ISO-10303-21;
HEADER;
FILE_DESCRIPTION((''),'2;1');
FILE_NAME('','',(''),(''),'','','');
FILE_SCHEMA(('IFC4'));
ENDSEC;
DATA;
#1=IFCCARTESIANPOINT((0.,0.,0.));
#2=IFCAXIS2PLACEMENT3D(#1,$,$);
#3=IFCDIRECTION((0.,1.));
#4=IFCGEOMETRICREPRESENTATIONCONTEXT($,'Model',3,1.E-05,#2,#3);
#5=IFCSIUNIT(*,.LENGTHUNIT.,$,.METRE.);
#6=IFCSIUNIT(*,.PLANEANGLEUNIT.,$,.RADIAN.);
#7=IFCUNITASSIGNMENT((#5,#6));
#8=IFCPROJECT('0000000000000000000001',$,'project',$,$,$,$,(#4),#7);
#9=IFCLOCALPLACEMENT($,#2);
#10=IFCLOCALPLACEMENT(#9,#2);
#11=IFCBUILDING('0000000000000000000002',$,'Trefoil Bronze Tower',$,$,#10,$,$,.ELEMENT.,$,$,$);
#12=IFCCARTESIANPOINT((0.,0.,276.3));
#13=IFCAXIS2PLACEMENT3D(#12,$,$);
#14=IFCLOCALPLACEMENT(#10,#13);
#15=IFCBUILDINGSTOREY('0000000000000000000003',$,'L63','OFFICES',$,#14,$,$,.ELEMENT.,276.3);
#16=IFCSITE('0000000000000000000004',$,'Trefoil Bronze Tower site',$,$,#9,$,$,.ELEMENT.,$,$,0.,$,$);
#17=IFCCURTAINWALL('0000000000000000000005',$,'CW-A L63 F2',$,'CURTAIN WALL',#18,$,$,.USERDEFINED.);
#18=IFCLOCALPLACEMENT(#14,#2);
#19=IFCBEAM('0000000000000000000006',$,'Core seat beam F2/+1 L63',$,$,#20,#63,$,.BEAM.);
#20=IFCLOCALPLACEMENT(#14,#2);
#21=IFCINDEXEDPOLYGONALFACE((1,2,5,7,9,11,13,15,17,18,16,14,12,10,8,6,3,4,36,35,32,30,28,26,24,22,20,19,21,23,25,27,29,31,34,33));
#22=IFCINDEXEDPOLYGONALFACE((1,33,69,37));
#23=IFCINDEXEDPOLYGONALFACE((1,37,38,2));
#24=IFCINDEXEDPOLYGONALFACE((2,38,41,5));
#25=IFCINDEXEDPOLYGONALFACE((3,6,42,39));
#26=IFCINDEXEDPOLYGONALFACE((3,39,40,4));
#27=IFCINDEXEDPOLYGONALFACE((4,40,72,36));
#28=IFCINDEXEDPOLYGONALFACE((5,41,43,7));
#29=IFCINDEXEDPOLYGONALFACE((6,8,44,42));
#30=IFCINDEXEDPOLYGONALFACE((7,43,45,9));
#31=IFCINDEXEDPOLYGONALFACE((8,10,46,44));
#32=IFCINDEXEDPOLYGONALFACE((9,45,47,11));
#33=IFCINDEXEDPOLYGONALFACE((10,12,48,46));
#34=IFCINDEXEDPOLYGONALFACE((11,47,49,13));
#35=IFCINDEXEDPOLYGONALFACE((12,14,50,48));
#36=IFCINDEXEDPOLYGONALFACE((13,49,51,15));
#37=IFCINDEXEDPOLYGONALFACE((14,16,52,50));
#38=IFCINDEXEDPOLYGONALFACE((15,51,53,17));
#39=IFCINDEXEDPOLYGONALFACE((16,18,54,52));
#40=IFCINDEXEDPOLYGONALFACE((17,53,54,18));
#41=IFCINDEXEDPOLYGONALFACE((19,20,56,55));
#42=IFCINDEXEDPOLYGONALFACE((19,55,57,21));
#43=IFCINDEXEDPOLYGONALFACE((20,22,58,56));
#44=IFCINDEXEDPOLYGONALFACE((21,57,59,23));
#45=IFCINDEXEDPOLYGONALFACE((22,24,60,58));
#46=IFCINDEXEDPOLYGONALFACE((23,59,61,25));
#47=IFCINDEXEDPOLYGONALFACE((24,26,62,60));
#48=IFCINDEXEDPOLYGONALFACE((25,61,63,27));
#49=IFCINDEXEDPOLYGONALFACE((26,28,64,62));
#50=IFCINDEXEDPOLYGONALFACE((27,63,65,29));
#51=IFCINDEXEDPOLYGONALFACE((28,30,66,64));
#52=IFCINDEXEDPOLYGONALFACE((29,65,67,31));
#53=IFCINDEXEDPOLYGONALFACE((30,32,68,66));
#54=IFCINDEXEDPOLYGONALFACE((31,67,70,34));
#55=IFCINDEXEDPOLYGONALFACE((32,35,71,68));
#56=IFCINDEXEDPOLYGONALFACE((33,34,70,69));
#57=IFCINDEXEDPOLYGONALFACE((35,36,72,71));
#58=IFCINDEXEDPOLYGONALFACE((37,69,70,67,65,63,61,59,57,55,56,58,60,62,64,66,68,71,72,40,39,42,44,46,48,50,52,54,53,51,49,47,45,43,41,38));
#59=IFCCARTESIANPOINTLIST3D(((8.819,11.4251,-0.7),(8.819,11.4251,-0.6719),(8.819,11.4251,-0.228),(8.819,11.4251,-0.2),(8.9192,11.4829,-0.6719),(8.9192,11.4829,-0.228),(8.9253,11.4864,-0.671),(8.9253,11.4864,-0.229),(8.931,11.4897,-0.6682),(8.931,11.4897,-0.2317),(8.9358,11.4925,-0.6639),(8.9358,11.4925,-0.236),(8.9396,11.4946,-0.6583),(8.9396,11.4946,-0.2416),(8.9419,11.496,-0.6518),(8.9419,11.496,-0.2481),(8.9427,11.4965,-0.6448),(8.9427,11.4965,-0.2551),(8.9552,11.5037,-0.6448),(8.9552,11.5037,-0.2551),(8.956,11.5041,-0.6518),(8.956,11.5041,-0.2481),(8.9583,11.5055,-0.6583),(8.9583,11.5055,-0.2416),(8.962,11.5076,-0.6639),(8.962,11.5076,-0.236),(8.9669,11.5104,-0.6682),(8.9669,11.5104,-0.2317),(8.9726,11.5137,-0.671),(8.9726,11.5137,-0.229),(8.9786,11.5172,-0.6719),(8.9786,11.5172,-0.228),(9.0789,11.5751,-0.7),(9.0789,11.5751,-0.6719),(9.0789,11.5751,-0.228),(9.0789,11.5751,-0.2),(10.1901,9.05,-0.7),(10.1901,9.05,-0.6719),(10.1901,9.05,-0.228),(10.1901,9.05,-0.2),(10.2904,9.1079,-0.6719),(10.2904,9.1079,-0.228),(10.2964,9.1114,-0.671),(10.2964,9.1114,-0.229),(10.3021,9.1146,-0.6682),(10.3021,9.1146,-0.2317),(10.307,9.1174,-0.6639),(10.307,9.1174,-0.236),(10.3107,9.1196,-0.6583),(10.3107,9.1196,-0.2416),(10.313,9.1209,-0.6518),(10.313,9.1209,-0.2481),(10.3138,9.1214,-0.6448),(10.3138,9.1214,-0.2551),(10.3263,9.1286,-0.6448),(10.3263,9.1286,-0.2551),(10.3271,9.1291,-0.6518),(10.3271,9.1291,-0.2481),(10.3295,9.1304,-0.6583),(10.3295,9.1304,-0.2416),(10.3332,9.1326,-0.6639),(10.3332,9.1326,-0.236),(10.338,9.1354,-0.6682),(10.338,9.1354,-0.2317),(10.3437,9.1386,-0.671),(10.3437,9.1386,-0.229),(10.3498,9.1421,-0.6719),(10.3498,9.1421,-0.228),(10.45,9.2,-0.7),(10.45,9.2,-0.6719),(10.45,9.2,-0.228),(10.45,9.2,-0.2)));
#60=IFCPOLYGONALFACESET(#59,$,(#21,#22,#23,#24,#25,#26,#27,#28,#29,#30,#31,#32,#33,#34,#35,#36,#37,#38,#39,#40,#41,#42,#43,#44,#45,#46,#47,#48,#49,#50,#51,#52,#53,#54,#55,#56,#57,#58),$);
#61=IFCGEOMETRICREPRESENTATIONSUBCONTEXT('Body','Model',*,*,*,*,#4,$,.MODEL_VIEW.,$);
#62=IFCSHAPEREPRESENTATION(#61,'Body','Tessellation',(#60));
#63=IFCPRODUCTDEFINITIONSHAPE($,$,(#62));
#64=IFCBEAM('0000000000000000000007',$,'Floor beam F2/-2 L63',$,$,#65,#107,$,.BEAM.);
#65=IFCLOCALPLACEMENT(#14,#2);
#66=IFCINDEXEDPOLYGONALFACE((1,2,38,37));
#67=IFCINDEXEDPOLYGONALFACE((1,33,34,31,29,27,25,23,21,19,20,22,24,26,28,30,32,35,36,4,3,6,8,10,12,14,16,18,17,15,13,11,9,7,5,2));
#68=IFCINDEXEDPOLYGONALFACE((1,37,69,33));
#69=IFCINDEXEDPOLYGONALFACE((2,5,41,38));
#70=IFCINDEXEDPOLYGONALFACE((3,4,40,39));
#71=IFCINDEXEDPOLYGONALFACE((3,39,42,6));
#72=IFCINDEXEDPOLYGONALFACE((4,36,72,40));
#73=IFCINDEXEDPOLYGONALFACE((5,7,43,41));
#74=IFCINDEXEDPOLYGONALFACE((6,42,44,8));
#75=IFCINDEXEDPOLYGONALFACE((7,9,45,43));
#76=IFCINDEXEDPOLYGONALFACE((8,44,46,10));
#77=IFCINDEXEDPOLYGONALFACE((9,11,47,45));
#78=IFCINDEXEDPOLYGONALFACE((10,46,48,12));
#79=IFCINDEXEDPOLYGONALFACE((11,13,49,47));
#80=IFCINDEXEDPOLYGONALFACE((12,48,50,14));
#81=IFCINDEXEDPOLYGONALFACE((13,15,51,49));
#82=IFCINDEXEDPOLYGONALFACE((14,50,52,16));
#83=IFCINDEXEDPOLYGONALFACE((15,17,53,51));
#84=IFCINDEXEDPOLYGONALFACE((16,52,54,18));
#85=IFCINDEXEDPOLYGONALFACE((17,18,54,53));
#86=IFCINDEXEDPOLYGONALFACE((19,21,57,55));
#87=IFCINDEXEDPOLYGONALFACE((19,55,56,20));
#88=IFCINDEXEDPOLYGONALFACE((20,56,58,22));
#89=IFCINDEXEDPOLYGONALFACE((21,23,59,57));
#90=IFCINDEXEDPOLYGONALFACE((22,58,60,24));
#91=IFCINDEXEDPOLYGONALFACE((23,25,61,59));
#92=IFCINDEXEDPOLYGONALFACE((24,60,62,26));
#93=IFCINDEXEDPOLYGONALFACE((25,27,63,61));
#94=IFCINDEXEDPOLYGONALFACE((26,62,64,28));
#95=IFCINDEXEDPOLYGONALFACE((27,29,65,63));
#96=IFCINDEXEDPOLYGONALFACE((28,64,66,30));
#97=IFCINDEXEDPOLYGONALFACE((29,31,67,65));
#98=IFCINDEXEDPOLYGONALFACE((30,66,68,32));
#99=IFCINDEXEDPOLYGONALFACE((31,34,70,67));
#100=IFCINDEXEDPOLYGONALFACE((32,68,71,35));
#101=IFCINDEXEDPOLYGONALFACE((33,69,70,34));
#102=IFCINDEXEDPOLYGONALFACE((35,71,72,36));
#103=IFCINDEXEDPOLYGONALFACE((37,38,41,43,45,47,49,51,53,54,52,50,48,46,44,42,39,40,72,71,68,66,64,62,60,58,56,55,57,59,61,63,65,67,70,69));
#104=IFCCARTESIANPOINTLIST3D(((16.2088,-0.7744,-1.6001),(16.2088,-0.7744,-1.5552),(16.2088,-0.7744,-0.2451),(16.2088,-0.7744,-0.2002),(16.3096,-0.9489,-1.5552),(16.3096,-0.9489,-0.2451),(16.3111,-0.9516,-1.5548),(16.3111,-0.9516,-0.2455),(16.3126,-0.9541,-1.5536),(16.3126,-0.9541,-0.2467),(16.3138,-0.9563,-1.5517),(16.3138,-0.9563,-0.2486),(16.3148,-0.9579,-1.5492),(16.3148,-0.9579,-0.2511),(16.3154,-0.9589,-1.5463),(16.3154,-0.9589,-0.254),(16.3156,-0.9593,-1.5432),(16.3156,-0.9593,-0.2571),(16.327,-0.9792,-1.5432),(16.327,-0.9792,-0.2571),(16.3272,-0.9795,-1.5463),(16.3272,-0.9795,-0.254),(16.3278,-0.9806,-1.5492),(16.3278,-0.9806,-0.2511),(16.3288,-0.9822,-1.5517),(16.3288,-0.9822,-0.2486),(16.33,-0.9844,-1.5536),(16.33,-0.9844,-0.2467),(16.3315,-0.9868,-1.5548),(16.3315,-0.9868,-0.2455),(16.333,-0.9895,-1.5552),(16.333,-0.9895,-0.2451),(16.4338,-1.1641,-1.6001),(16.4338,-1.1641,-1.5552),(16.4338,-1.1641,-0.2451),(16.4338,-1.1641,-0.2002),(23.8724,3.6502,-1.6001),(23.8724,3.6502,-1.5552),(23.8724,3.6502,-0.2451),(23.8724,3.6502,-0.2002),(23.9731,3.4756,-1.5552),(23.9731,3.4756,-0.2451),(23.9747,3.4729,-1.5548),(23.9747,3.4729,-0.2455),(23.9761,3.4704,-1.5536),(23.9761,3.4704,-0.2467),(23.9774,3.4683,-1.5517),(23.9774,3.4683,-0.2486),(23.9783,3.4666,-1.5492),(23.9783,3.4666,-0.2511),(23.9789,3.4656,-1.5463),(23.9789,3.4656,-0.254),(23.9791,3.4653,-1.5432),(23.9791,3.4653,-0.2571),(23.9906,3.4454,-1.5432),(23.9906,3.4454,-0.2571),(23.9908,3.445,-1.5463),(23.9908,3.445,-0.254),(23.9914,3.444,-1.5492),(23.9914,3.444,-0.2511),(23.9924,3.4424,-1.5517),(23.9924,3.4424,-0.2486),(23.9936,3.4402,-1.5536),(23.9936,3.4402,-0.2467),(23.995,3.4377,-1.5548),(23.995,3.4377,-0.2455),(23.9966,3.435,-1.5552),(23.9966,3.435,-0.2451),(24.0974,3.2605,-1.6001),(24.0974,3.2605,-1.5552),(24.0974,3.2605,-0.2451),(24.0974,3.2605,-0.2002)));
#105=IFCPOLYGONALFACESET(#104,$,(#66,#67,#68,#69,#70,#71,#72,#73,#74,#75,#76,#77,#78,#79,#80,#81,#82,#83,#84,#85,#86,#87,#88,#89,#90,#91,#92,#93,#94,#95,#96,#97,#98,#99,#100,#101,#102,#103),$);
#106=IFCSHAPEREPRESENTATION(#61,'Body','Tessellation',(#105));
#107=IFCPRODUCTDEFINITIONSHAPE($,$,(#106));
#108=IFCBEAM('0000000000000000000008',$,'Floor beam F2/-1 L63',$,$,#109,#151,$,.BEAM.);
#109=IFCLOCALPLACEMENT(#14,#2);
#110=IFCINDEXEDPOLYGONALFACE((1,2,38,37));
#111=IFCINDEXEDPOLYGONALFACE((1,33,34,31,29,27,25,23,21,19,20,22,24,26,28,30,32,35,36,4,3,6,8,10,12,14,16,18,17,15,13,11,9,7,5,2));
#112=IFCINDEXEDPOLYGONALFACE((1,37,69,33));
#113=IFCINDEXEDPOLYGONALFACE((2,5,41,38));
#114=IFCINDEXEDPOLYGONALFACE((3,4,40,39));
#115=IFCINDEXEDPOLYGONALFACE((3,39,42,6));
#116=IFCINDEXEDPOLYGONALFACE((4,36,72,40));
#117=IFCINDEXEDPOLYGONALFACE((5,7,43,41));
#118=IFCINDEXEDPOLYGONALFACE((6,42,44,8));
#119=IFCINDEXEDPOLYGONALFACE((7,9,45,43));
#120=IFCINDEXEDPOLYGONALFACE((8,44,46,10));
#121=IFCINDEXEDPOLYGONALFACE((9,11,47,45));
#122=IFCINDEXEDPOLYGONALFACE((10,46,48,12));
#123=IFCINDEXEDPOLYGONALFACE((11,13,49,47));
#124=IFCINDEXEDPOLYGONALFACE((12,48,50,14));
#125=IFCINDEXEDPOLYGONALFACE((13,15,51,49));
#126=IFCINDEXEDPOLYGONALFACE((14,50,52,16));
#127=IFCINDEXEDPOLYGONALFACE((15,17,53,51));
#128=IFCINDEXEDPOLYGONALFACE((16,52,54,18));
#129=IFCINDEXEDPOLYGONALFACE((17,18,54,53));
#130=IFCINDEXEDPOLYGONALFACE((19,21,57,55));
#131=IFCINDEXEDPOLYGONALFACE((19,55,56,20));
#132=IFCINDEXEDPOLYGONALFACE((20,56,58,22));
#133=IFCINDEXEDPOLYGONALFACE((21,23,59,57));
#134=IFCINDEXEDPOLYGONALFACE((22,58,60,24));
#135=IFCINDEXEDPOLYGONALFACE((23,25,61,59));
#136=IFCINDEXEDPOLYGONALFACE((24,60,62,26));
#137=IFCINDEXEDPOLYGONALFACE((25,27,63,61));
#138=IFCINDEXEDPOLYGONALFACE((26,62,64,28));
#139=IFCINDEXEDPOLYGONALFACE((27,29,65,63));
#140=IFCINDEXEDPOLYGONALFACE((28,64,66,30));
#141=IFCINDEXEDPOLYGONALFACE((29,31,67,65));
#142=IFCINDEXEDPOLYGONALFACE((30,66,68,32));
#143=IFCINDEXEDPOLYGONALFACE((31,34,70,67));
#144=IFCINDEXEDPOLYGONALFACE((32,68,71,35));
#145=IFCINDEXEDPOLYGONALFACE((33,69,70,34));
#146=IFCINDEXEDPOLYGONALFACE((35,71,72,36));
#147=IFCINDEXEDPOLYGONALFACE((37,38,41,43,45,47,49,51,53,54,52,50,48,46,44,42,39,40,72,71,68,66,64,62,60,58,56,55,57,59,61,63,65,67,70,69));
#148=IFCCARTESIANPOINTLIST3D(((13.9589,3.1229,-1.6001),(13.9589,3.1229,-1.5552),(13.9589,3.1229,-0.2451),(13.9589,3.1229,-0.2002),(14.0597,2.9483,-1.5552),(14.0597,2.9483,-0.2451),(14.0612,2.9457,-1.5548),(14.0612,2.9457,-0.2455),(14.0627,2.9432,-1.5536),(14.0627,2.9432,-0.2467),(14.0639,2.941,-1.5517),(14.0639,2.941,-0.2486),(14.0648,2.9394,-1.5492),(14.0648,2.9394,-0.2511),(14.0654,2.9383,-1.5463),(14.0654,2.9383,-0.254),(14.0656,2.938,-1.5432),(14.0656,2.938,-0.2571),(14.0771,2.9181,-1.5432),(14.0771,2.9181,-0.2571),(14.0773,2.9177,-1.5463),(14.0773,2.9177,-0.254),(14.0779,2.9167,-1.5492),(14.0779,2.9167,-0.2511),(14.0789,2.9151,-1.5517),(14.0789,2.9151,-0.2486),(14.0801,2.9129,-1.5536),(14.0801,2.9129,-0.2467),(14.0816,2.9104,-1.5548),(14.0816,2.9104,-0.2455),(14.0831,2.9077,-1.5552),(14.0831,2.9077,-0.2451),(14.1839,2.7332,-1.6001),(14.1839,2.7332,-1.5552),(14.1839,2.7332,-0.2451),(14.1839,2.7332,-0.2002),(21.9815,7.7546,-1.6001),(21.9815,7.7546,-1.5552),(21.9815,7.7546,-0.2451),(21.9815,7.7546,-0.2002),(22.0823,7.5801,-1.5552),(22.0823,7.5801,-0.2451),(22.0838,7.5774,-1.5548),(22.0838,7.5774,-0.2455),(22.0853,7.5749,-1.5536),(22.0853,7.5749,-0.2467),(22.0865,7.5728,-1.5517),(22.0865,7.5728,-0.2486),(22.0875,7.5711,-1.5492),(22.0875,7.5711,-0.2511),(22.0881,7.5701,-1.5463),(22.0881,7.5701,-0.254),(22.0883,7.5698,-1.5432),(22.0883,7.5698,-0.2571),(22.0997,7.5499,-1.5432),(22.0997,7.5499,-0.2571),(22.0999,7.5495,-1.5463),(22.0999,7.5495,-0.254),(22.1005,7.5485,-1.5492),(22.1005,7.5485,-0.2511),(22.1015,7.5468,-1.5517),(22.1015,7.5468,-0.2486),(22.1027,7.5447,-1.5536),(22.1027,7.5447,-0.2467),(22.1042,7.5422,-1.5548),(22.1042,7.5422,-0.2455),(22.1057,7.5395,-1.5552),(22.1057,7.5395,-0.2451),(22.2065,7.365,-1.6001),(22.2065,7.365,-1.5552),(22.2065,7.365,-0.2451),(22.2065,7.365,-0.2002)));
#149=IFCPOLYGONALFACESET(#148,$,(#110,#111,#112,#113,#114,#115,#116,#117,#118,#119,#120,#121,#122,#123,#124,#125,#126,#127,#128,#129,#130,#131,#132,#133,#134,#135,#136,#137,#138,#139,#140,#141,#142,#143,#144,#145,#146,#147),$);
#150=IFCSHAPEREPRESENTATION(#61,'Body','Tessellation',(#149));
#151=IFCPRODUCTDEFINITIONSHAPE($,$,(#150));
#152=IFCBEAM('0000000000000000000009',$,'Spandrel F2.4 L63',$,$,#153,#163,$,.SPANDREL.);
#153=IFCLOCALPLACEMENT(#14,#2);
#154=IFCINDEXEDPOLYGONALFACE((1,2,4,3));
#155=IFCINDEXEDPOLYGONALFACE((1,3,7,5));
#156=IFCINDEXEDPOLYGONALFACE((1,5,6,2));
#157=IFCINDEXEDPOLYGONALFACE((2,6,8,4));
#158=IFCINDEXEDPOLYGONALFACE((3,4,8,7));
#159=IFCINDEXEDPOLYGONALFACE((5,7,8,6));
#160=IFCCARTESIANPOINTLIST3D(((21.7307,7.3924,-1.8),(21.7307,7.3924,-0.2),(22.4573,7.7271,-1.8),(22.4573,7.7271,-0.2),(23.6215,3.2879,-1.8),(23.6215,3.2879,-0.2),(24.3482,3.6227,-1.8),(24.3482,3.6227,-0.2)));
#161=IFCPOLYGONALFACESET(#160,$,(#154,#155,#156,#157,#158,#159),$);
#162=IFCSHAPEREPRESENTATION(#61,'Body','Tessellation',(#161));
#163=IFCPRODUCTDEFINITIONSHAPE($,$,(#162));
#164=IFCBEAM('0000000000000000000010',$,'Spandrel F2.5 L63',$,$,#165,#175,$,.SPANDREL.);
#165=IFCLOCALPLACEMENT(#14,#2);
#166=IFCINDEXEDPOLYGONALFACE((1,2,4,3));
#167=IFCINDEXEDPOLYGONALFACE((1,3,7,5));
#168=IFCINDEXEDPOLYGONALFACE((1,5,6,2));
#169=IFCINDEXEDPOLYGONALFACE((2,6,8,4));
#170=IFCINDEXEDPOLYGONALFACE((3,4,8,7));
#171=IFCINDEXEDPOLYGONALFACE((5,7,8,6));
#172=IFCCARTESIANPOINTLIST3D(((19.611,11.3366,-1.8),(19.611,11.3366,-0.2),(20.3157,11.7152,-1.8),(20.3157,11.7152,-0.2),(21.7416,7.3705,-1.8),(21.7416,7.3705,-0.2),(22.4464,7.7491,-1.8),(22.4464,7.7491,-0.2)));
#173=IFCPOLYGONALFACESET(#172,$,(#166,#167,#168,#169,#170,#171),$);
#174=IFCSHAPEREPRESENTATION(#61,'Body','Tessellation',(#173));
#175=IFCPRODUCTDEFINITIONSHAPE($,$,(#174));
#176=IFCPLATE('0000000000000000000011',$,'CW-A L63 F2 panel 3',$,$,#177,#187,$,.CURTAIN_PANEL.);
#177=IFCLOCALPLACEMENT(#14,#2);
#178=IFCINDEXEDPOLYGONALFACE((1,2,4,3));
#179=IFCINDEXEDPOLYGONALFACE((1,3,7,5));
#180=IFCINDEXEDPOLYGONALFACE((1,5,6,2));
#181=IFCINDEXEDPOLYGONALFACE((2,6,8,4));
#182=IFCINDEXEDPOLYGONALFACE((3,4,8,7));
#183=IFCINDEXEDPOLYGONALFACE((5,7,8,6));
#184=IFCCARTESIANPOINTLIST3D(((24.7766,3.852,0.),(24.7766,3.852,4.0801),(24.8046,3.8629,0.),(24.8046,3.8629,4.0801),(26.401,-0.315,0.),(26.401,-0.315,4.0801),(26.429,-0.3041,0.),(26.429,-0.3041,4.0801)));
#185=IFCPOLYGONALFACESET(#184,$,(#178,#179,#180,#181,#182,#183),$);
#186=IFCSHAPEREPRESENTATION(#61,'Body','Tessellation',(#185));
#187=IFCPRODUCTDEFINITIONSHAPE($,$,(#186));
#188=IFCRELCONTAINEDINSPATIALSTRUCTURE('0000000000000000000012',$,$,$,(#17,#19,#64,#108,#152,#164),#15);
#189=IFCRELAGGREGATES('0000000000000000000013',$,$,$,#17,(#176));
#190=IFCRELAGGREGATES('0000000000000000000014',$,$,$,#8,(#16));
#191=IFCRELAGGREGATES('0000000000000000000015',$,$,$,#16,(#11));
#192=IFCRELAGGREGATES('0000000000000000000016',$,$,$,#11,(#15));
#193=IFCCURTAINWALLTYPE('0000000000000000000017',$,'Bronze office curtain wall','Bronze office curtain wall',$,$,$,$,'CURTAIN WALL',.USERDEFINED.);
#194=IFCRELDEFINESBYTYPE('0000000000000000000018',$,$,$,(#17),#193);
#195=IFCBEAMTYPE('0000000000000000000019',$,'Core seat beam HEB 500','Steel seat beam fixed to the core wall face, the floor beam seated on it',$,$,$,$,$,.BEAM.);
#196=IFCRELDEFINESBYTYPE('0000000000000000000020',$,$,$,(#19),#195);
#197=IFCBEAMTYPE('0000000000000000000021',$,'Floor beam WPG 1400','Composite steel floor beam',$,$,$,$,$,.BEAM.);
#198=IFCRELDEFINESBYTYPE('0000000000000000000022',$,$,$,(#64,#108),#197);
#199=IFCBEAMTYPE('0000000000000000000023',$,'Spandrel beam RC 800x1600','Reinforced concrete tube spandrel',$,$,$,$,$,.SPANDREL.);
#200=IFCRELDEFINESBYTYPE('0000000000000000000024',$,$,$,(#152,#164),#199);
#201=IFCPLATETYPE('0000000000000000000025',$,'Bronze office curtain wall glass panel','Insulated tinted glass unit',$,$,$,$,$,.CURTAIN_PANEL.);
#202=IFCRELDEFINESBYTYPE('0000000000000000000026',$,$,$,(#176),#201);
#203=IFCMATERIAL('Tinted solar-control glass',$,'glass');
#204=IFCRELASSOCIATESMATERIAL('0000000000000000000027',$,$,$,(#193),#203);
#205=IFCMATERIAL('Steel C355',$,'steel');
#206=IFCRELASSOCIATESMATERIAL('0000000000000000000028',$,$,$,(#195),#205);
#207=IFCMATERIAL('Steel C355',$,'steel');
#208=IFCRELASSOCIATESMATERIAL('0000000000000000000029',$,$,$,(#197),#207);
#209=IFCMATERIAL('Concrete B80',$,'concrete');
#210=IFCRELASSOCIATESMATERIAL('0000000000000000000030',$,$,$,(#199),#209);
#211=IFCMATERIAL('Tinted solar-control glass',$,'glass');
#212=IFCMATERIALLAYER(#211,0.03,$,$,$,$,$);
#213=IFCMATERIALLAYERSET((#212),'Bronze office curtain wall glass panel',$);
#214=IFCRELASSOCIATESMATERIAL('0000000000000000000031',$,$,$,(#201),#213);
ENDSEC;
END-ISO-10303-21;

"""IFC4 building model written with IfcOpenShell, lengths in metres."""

from ifc_helpers import new_model, si_unit, direction, frame, origin, origin_2d, place, context, subcontext, project, spatial, rectangle, i_section, extrude, material, layer, layer_set, material_profile, profile_set, type_object, element, aggregate, save


model = new_model("IFC4")

# Units and contexts
model_context = context("Model", 3, precision=1e-05, world=origin(), true_north=direction((0.0, 1.0)))
body_context = subcontext(model_context, "Body", "Model", "MODEL_VIEW")
ifc_project = project(units=[si_unit("LENGTHUNIT", "METRE"), si_unit("PLANEANGLEUNIT", "RADIAN")], contexts=[model_context])

# Site, building, storey
site_placement = place(None, origin())
site = spatial("IfcSite", under=ifc_project, at=site_placement, Name="Trefoil Bronze Tower site", CompositionType="ELEMENT", RefElevation=0.0)
building_placement = place(site_placement, origin())
building = spatial("IfcBuilding", under=site, at=building_placement, Name="Trefoil Bronze Tower", CompositionType="ELEMENT")
storey_placement = place(building_placement, frame((0.0, 0.0, 276.3)))
storey = spatial("IfcBuildingStorey", under=building, at=storey_placement, Name="L63", Description="OFFICES", CompositionType="ELEMENT", Elevation=276.3)

# Curtain wall
ifc_material_1 = material(Name="Tinted solar-control glass", Category="glass")
curtain_wall_type = type_object("IfcCurtainWallType", Name="Bronze office curtain wall", Description="Bronze office curtain wall", ElementType="CURTAIN WALL", PredefinedType="USERDEFINED", material=ifc_material_1)
curtain_wall_placement = place(storey_placement, origin())
curtain_wall = element("IfcCurtainWall", 1, at=curtain_wall_placement, inside=storey, type_object=curtain_wall_type, Name="CW-A L63 F2", ObjectType="CURTAIN WALL", PredefinedType="USERDEFINED")

# Beams
ifc_material_2 = material(Name="Steel C355", Category="steel")
ifc_material_profile_1 = material_profile(ifc_material_2, i_section(OverallWidth=0.3, OverallDepth=0.5, WebThickness=0.0144, FlangeThickness=0.0281, FilletRadius=0.0271, at=origin_2d()), Name="HEB 500")
ifc_profile_set_1 = profile_set([ifc_material_profile_1], Name="Steel C355")
beam_type_1 = type_object("IfcBeamType", Name="Core seat beam HEB 500", Description="Steel seat beam fixed to the core wall face, the floor beam seated on it", PredefinedType="BEAM", material=ifc_profile_set_1)
for number, where, z_axis, x_axis, name in (
    (2, (10.3201, 9.125, -0.45), (-0.499969, 0.866043, 0.0), (-0.866043, -0.499969, 0.0), "Core seat beam F2/+1 L63"),
):
    element("IfcBeam", number, at=place(storey_placement, frame(where, z_axis=z_axis, x_axis=x_axis)), inside=storey, type_object=beam_type_1, Name=name, PredefinedType="BEAM", context=body_context, shape_type="SweptSolid", body=[
        extrude(i_section(OverallWidth=0.3, OverallDepth=0.5, WebThickness=0.0144, FlangeThickness=0.0281, FilletRadius=0.0271, at=origin_2d()), origin(), (0.0, 0.0, 1.0), 2.7424),
    ])
ifc_material_3 = material(Name="Steel C355", Category="steel")
ifc_material_profile_2 = material_profile(ifc_material_3, i_section(OverallWidth=0.45, OverallDepth=1.3999, WebThickness=0.0229, FlangeThickness=0.0449, FilletRadius=0.012, at=origin_2d()), Name="WPG 1400")
ifc_profile_set_2 = profile_set([ifc_material_profile_2], Name="Steel C355")
beam_type_2 = type_object("IfcBeamType", Name="Floor beam WPG 1400", Description="Composite steel floor beam", PredefinedType="BEAM", material=ifc_profile_set_2)
beam_1_placement = place(storey_placement, frame((23.9849, 3.4553, -0.9001), z_axis=(-0.866026, -0.499999, 0.0), x_axis=(0.499999, -0.866026, 0.0)))
element("IfcBeam", 3, at=beam_1_placement, inside=storey, type_object=beam_type_2, Name="Floor beam F2/-2 L63", PredefinedType="BEAM", context=body_context, shape_type="SweptSolid", body=[
    extrude(i_section(OverallWidth=0.45, OverallDepth=1.3999, WebThickness=0.0229, FlangeThickness=0.0449, FilletRadius=0.012, at=origin_2d()), origin(), (0.0, 0.0, 1.0), 8.8491),
])
beam_2_placement = place(storey_placement, frame((22.094, 7.5598, -0.9001), z_axis=(-0.866029, -0.499994, 0.0), x_axis=(0.499994, -0.866029, 0.0)))
element("IfcBeam", 4, at=beam_2_placement, inside=storey, type_object=beam_type_2, Name="Floor beam F2/-1 L63", PredefinedType="BEAM", context=body_context, shape_type="SweptSolid", body=[
    extrude(i_section(OverallWidth=0.45, OverallDepth=1.3999, WebThickness=0.0229, FlangeThickness=0.0449, FilletRadius=0.012, at=origin_2d()), origin(), (0.0, 0.0, 1.0), 9.2637),
])
ifc_material_4 = material(Name="Concrete B80", Category="concrete")
ifc_material_profile_3 = material_profile(ifc_material_4, rectangle(XDim=0.8, YDim=1.6001, at=origin_2d()), Name="RC 800x1600")
ifc_profile_set_3 = profile_set([ifc_material_profile_3], Name="Concrete B80")
beam_type_3 = type_object("IfcBeamType", Name="Spandrel beam RC 800x1600", Description="Reinforced concrete tube spandrel", PredefinedType="SPANDREL", material=ifc_profile_set_3)
beam_3_placement = place(storey_placement, frame((23.9849, 3.4553, -1.0), z_axis=(-0.418417, 0.908255, 0.0), x_axis=(-0.908255, -0.418417, 0.0)))
element("IfcBeam", 5, at=beam_3_placement, inside=storey, type_object=beam_type_3, Name="Spandrel F2.4 L63", PredefinedType="SPANDREL", context=body_context, shape_type="SweptSolid", body=[
    extrude(rectangle(XDim=0.8, YDim=1.6001, at=origin_2d()), origin(), (0.0, 0.0, 1.0), 4.519),
])
beam_4_placement = place(storey_placement, frame((22.094, 7.5598, -1.0), z_axis=(-0.473246, 0.88093, 0.0), x_axis=(-0.88093, -0.473246, 0.0)))
element("IfcBeam", 6, at=beam_4_placement, inside=storey, type_object=beam_type_3, Name="Spandrel F2.5 L63", PredefinedType="SPANDREL", context=body_context, shape_type="SweptSolid", body=[
    extrude(rectangle(XDim=0.8, YDim=1.6001, at=origin_2d()), origin(), (0.0, 0.0, 1.0), 4.5022),
])

# Plate
ifc_material_5 = material(Name="Tinted solar-control glass", Category="glass")
ifc_layer_1 = layer(ifc_material_5, 0.03)
ifc_layer_set_1 = layer_set([ifc_layer_1], Name="Bronze office curtain wall glass panel")
plate_type = type_object("IfcPlateType", Name="Bronze office curtain wall glass panel", Description="Insulated tinted glass unit", PredefinedType="CURTAIN_PANEL", material=ifc_layer_set_1)
plate_1_placement = place(storey_placement, frame((25.6028, 1.7739, 0.0), z_axis=(0.0, 0.0, 1.0), x_axis=(-0.363199, 0.931712, 0.0)))
plate_1 = element("IfcPlate", 7, at=plate_1_placement, type_object=plate_type, Name="CW-A L63 F2 panel 3", PredefinedType="CURTAIN_PANEL", context=body_context, shape_type="SweptSolid", body=[
    extrude(rectangle(XDim=4.4724, YDim=0.03, at=origin_2d()), origin(), (0.0, 0.0, 1.0), 4.0801),
])
aggregate(curtain_wall, [plate_1])

save(model, "model.ifc")
